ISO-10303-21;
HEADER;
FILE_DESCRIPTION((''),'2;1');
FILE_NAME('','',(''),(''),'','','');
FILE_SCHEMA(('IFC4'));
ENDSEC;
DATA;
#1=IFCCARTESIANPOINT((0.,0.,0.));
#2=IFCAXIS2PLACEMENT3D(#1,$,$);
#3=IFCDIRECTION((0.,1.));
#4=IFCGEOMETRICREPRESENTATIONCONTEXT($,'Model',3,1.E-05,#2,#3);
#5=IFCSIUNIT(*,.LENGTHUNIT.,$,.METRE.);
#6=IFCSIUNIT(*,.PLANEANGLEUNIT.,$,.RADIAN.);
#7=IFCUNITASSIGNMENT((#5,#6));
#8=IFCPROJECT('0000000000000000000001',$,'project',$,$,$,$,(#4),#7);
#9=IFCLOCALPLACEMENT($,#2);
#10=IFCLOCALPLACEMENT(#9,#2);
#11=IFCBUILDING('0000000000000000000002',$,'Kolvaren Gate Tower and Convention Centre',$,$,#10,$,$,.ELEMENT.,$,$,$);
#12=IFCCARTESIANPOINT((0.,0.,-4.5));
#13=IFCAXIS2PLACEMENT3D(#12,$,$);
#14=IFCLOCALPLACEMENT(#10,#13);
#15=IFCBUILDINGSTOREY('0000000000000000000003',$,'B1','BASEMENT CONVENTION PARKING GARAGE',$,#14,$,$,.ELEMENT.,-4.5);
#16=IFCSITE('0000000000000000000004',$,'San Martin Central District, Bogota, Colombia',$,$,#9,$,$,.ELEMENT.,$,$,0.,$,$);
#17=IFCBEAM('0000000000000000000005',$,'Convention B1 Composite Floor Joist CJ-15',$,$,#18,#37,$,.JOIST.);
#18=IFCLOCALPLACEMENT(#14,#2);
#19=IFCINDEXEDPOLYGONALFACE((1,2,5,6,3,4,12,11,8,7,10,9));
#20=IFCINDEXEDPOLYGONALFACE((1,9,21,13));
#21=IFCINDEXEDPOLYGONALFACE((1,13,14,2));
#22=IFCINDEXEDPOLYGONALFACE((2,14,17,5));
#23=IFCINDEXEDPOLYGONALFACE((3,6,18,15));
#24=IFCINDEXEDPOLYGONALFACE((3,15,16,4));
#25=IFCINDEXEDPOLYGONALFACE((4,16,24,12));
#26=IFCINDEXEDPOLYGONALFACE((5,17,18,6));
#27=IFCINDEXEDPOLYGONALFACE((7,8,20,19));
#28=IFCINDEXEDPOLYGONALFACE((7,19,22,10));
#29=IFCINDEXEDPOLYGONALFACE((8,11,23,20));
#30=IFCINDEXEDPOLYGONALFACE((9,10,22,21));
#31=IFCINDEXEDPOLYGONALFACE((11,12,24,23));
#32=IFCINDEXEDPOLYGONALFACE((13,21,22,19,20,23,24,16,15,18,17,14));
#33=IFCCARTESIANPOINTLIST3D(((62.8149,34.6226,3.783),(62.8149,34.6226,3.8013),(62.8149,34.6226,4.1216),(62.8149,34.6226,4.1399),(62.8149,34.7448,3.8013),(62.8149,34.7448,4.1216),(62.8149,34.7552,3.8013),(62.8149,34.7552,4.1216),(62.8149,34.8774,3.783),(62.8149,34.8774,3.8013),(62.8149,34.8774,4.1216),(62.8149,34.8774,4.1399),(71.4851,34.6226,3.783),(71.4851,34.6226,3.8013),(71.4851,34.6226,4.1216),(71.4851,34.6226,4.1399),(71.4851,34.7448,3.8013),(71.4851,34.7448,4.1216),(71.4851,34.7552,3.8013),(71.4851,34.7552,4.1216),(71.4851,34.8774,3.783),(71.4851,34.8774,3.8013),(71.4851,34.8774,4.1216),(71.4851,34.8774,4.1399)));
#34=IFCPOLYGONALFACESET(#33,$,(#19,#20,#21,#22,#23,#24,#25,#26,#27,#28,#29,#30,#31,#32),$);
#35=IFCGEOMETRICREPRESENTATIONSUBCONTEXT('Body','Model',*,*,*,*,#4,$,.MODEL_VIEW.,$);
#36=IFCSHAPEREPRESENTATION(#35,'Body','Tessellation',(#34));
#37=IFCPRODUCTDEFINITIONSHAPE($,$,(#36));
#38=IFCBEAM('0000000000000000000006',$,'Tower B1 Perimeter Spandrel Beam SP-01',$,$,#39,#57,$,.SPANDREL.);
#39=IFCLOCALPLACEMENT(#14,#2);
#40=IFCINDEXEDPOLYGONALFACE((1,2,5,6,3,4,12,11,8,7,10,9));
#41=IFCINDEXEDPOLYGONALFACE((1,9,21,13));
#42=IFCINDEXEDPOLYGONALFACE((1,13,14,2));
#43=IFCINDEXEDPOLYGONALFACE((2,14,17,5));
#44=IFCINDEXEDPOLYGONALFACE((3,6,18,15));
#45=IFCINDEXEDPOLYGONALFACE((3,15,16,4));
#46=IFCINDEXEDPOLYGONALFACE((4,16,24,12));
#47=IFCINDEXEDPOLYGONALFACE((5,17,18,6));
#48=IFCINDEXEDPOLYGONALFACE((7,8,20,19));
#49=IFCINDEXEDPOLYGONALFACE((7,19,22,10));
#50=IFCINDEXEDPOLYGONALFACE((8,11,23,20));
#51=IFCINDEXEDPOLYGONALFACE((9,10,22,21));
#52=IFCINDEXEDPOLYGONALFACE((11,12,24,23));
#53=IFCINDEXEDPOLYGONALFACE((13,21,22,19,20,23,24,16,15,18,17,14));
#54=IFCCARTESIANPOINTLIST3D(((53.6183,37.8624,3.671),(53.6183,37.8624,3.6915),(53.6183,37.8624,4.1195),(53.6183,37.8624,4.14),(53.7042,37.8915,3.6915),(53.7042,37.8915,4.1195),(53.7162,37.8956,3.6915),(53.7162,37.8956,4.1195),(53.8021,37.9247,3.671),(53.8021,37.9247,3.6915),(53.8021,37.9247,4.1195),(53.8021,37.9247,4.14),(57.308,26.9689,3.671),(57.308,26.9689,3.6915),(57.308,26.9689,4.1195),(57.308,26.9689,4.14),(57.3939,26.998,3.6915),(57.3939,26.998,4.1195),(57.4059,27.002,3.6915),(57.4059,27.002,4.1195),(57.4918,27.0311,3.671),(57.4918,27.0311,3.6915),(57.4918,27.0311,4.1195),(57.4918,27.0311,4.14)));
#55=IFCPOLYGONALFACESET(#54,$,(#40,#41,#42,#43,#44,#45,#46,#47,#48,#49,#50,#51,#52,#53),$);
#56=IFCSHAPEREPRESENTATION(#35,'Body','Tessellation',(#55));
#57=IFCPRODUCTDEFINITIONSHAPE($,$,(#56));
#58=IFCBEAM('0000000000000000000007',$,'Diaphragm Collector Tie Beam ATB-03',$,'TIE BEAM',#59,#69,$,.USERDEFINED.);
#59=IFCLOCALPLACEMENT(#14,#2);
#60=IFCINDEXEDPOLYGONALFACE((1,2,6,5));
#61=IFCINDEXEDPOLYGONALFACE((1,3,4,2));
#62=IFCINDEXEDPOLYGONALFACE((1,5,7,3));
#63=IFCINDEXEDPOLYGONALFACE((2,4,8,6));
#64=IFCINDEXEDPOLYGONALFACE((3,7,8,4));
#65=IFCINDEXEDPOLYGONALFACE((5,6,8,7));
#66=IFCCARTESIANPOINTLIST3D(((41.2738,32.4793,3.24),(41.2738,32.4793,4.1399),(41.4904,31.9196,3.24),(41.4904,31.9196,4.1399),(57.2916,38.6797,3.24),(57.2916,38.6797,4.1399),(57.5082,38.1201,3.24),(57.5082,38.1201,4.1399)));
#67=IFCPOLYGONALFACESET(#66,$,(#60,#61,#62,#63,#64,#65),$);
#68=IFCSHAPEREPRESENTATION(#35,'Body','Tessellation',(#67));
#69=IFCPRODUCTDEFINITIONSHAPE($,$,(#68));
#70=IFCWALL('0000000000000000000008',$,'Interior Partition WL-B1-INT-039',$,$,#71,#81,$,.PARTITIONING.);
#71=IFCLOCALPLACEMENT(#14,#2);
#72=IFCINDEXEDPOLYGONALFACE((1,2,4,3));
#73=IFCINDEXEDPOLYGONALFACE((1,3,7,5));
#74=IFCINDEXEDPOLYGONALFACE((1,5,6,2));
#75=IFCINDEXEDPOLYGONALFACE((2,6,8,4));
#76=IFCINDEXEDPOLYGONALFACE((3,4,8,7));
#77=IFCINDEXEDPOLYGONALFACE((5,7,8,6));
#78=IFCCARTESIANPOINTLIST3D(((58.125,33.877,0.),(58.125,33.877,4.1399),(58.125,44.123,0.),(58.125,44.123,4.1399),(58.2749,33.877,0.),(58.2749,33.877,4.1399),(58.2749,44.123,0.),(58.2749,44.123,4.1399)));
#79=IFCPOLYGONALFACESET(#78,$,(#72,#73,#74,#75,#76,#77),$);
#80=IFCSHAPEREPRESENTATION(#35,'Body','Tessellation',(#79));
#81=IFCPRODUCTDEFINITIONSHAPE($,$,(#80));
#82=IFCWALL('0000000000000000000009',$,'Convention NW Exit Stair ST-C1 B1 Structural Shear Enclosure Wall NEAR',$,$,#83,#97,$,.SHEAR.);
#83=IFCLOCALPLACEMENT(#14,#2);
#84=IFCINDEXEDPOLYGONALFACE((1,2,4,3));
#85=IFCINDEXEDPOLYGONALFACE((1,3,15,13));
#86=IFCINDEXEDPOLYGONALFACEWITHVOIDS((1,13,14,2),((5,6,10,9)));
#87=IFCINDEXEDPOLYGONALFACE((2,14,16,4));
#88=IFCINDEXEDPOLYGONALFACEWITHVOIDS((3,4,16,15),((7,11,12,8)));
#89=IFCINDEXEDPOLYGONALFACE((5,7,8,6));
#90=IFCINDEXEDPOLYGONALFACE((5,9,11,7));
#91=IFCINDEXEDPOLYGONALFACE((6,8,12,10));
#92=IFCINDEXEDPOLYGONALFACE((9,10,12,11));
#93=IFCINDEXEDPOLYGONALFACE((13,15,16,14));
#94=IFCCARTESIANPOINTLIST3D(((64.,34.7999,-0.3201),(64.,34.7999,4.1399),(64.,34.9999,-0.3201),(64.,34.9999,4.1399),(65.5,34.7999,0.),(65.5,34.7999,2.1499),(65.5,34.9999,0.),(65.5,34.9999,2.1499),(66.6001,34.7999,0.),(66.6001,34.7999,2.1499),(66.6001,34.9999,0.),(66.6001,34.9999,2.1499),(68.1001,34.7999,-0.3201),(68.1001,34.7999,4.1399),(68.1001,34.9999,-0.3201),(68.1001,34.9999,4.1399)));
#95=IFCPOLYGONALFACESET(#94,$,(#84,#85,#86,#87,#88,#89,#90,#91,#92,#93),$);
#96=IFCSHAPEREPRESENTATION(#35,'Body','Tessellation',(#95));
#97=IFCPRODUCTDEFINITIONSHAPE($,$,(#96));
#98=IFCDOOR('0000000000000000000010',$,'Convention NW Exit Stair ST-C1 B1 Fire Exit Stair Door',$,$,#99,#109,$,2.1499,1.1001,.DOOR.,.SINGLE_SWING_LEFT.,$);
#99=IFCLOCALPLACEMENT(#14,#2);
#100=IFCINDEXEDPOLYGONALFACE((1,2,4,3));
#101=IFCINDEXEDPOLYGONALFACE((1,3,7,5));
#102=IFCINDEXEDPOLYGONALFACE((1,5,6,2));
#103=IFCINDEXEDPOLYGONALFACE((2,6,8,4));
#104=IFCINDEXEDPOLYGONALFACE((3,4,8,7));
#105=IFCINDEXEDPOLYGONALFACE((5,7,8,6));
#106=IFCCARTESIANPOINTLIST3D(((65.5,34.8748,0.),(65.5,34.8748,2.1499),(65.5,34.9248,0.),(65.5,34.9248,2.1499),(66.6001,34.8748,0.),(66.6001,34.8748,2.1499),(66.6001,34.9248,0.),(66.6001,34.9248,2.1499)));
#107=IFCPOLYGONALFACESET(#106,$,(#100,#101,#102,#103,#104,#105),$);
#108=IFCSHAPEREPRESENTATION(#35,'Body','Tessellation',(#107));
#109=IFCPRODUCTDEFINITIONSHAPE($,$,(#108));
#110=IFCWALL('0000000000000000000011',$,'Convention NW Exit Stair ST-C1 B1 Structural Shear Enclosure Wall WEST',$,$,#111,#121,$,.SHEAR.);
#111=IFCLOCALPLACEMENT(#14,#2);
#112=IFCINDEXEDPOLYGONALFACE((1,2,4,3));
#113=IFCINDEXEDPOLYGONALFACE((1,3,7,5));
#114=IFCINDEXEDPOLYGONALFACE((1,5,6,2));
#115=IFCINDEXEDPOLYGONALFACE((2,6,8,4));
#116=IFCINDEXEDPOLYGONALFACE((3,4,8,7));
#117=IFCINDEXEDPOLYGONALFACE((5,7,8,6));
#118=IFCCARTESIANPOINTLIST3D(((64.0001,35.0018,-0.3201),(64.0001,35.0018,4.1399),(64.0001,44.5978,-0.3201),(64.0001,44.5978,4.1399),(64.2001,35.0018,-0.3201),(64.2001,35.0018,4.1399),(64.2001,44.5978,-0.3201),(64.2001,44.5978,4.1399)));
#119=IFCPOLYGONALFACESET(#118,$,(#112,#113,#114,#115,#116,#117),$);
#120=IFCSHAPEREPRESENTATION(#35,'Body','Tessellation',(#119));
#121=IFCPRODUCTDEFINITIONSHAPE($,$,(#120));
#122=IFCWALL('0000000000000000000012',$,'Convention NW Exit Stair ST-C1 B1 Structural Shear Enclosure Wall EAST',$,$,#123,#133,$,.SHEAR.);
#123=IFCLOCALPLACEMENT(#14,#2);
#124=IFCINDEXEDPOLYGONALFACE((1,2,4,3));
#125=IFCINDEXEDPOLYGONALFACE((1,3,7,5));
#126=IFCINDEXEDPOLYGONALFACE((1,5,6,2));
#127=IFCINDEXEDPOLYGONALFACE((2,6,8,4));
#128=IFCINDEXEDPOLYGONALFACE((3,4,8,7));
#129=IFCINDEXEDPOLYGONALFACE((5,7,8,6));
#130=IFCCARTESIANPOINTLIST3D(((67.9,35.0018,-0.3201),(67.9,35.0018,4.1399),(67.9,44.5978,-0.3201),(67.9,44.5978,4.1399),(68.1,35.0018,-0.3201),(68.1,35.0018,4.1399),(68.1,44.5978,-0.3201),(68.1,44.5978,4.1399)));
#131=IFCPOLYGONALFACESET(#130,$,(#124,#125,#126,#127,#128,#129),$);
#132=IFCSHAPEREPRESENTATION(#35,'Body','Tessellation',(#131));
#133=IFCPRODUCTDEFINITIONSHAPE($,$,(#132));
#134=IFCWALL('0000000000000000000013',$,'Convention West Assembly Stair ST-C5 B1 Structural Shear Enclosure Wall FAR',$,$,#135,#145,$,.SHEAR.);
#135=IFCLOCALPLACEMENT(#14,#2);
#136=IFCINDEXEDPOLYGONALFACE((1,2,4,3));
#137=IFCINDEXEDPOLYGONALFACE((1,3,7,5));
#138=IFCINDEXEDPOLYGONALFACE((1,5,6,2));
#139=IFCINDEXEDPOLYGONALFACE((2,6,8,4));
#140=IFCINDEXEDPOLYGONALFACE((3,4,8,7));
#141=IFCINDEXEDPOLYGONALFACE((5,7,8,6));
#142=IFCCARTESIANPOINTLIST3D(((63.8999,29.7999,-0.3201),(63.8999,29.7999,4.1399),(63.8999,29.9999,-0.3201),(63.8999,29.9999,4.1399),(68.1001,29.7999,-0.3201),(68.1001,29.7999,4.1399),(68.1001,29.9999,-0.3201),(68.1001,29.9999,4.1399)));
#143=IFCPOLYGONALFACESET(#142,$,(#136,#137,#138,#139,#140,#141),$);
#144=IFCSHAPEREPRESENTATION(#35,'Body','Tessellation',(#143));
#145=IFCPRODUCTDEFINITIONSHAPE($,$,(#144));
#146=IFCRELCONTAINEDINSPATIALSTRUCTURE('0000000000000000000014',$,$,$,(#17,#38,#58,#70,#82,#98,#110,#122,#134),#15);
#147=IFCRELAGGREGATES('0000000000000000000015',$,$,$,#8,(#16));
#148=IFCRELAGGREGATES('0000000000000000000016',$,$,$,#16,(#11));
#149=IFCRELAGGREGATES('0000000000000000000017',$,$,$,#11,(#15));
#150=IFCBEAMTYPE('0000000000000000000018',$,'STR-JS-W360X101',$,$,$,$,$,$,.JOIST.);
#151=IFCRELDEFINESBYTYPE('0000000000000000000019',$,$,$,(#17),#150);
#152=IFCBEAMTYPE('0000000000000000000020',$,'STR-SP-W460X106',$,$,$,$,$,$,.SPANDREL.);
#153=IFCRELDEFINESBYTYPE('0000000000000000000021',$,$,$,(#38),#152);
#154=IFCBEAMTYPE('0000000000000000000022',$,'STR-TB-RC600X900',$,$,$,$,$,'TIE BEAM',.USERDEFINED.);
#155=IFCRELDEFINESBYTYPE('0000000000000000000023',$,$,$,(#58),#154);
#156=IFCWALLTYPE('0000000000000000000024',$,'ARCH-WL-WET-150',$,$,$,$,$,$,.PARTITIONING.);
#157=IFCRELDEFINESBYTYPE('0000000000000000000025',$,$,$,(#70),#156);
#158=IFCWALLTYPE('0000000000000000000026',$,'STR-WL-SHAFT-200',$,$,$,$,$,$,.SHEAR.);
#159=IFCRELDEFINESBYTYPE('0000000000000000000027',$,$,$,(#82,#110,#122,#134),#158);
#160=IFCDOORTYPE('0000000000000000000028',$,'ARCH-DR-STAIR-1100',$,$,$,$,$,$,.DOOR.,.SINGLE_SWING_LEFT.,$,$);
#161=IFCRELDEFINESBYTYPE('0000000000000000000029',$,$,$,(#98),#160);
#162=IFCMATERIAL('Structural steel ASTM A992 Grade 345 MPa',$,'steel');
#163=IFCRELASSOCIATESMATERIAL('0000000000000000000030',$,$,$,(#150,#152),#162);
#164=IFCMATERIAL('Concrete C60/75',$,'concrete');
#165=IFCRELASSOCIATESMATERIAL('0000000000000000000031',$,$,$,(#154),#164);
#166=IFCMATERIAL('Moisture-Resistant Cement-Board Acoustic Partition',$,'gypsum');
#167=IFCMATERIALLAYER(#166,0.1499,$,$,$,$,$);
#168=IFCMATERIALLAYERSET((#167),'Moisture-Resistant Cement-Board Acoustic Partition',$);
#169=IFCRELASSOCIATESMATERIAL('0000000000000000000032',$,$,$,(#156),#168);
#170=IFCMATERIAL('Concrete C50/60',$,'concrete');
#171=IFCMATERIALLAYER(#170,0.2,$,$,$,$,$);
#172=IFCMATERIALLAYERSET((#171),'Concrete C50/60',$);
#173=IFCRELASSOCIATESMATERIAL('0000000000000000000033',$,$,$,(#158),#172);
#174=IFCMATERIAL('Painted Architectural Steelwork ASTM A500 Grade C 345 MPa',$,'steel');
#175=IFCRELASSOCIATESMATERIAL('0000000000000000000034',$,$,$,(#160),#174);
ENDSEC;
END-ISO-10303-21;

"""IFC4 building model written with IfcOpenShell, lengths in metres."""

from ifc_helpers import new_model, si_unit, direction, frame, frame_2d, origin, origin_2d, place, context, subcontext, project, spatial, rectangle, i_section, extrude, material, layer, layer_set, material_profile, profile_set, type_object, element, fill, save


model = new_model("IFC4")

# Units and contexts
model_context = context("Model", 3, precision=1e-05, world=origin(), true_north=direction((0.0, 1.0)))
body_context = subcontext(model_context, "Body", "Model", "MODEL_VIEW")
ifc_project = project(units=[si_unit("LENGTHUNIT", "METRE"), si_unit("PLANEANGLEUNIT", "RADIAN")], contexts=[model_context])

# Site, building, storey
site_placement = place(None, origin())
site = spatial("IfcSite", under=ifc_project, at=site_placement, Name="San Martin Central District, Bogota, Colombia", CompositionType="ELEMENT", RefElevation=0.0)
building_placement = place(site_placement, origin())
building = spatial("IfcBuilding", under=site, at=building_placement, Name="Kolvaren Gate Tower and Convention Centre", CompositionType="ELEMENT")
storey_placement = place(building_placement, frame((0.0, 0.0, -4.5)))
storey = spatial("IfcBuildingStorey", under=building, at=storey_placement, Name="B1", Description="BASEMENT CONVENTION PARKING GARAGE", CompositionType="ELEMENT", Elevation=-4.5)

# Shared definitions
ifc_material_1 = material(Name="Concrete C60/75", Category="concrete")
ifc_material_2 = material(Name="Concrete C50/60", Category="concrete")

# Beams
ifc_material_3 = material(Name="Structural steel ASTM A992 Grade 345 MPa", Category="steel")
ifc_material_profile_1 = material_profile(ifc_material_3, i_section(OverallWidth=0.2549, OverallDepth=0.3569, WebThickness=0.0105, FlangeThickness=0.0183, at=origin_2d()), Name="W360X101")
ifc_profile_set_1 = profile_set([ifc_material_profile_1], Name="Structural steel ASTM A992 Grade 345 MPa")
beam_type_1 = type_object("IfcBeamType", Name="STR-JS-W360X101", PredefinedType="JOIST", material=ifc_profile_set_1)
beam_1_placement = place(storey_placement, frame((62.8149, 34.75, 3.9614), z_axis=(1.0, 0.0, 0.0), x_axis=(0.0, 1.0, 0.0)))
element("IfcBeam", 1, at=beam_1_placement, inside=storey, type_object=beam_type_1, Name="Convention B1 Composite Floor Joist CJ-15", PredefinedType="JOIST", context=body_context, shape_type="SweptSolid", body=[
    extrude(i_section(OverallWidth=0.2549, OverallDepth=0.3569, WebThickness=0.0105, FlangeThickness=0.0183, at=origin_2d()), origin(), (0.0, 0.0, 1.0), 8.6702),
])
ifc_material_profile_2 = material_profile(ifc_material_3, i_section(OverallWidth=0.1941, OverallDepth=0.469, WebThickness=0.0127, FlangeThickness=0.0205, at=origin_2d()), Name="W460X106")
ifc_profile_set_2 = profile_set([ifc_material_profile_2], Name="Structural steel ASTM A992 Grade 345 MPa")
beam_type_2 = type_object("IfcBeamType", Name="STR-SP-W460X106", PredefinedType="SPANDREL", material=ifc_profile_set_2)
beam_2_placement = place(storey_placement, frame((57.3999, 27.0, 3.9055), z_axis=(-0.320803, 0.947146, 0.0), x_axis=(-0.947146, -0.320803, 0.0)))
element("IfcBeam", 2, at=beam_2_placement, inside=storey, type_object=beam_type_2, Name="Tower B1 Perimeter Spandrel Beam SP-01", PredefinedType="SPANDREL", context=body_context, shape_type="SweptSolid", body=[
    extrude(i_section(OverallWidth=0.1941, OverallDepth=0.469, WebThickness=0.0127, FlangeThickness=0.0205, at=origin_2d()), origin(), (0.0, 0.0, 1.0), 11.5015),
])
ifc_material_profile_3 = material_profile(ifc_material_1, rectangle(XDim=0.6001, YDim=0.8999, at=origin_2d()), Name="RC-BM-600X900")
ifc_profile_set_3 = profile_set([ifc_material_profile_3], Name="Concrete C60/75")
beam_type_3 = type_object("IfcBeamType", Name="STR-TB-RC600X900", ElementType="TIE BEAM", PredefinedType="USERDEFINED", material=ifc_profile_set_3)
beam_3_placement = place(storey_placement, frame((57.3999, 38.3999, 3.6899), z_axis=(-0.932568, -0.360994, 0.0), x_axis=(0.360994, -0.932568, 0.0)))
element("IfcBeam", 3, at=beam_3_placement, inside=storey, type_object=beam_type_3, Name="Diaphragm Collector Tie Beam ATB-03", ObjectType="TIE BEAM", PredefinedType="USERDEFINED", context=body_context, shape_type="SweptSolid", body=[
    extrude(rectangle(XDim=0.6001, YDim=0.8999, at=origin_2d()), origin(), (0.0, 0.0, 1.0), 17.176),
])

# Wall
ifc_material_4 = material(Name="Moisture-Resistant Cement-Board Acoustic Partition", Category="gypsum")
ifc_layer_1 = layer(ifc_material_4, 0.1499)
ifc_layer_set_1 = layer_set([ifc_layer_1], Name="Moisture-Resistant Cement-Board Acoustic Partition")
wall_type_1 = type_object("IfcWallType", Name="ARCH-WL-WET-150", PredefinedType="PARTITIONING", material=ifc_layer_set_1)
wall_1_placement = place(storey_placement, frame((58.2, 33.877, 0.0), z_axis=(0.0, 0.0, 1.0), x_axis=(0.0, 1.0, 0.0)))
element("IfcWall", 4, at=wall_1_placement, inside=storey, type_object=wall_type_1, Name="Interior Partition WL-B1-INT-039", PredefinedType="PARTITIONING", context=body_context, shape_type="SweptSolid", body=[
    extrude(rectangle(XDim=10.2461, YDim=0.1499, at=frame_2d((5.123, 0.0))), origin(), (0.0, 0.0, 1.0), 4.1399),
])

# Wall, opening, door
ifc_layer_2 = layer(ifc_material_2, 0.2)
ifc_layer_set_2 = layer_set([ifc_layer_2], Name="Concrete C50/60")
wall_type_2 = type_object("IfcWallType", Name="STR-WL-SHAFT-200", PredefinedType="SHEAR", material=ifc_layer_set_2)
wall_2_placement = place(storey_placement, frame((64.0, 34.8999, -0.3201), z_axis=(0.0, 0.0, 1.0), x_axis=(1.0, 0.0, 0.0)))
wall_2 = element("IfcWall", 5, at=wall_2_placement, inside=storey, type_object=wall_type_2, Name="Convention NW Exit Stair ST-C1 B1 Structural Shear Enclosure Wall NEAR", PredefinedType="SHEAR", context=body_context, shape_type="SweptSolid", body=[
    extrude(rectangle(XDim=4.1001, YDim=0.2, at=frame_2d((2.05, 0.0))), origin(), (0.0, 0.0, 1.0), 4.46),
])
opening_placement = place(wall_2_placement, frame((1.5, 0.0, 0.3201)))
opening = element("IfcOpeningElement", 6, at=opening_placement, cuts=wall_2, PredefinedType="OPENING", context=body_context, shape_type="SweptSolid", body=[
    extrude(rectangle(XDim=1.1001, YDim=2.1499, at=frame_2d((0.55, 1.075))), frame((0.0, 0.1099, 0.0), z_axis=(0.0, -1.0, 0.0), x_axis=(1.0, 0.0, 0.0)), (0.0, 0.0, 1.0), 0.22),
])
ifc_material_5 = material(Name="Painted Architectural Steelwork ASTM A500 Grade C 345 MPa", Category="steel")
door_type = type_object("IfcDoorType", Name="ARCH-DR-STAIR-1100", OperationType="SINGLE_SWING_LEFT", PredefinedType="DOOR", material=ifc_material_5)
door_placement = place(opening_placement, origin())
door = element("IfcDoor", 7, at=door_placement, inside=storey, type_object=door_type, Name="Convention NW Exit Stair ST-C1 B1 Fire Exit Stair Door", OperationType="SINGLE_SWING_LEFT", OverallHeight=2.1499, OverallWidth=1.1001, PredefinedType="DOOR", context=body_context, shape_type="SweptSolid", body=[
    extrude(rectangle(XDim=1.1001, YDim=2.1499, at=frame_2d((0.55, 1.075))), frame((0.0, 0.0249, 0.0), z_axis=(0.0, -1.0, 0.0), x_axis=(1.0, 0.0, 0.0)), (0.0, 0.0, 1.0), 0.05),
])
fill(opening, door)

# Walls
for number, where, z_axis, x_axis, name in (
    (8, (64.1001, 35.002, -0.3201), (0.0, 0.0, 1.0), (0.0, 1.0, 0.0), "Convention NW Exit Stair ST-C1 B1 Structural Shear Enclosure Wall WEST"),
    (9, (68.0, 35.002, -0.3201), (0.0, 0.0, 1.0), (0.0, 1.0, 0.0), "Convention NW Exit Stair ST-C1 B1 Structural Shear Enclosure Wall EAST"),
):
    element("IfcWall", number, at=place(storey_placement, frame(where, z_axis=z_axis, x_axis=x_axis)), inside=storey, type_object=wall_type_2, Name=name, PredefinedType="SHEAR", context=body_context, shape_type="SweptSolid", body=[
        extrude(rectangle(XDim=9.5959, YDim=0.2, at=frame_2d((4.7979, 0.0))), origin(), (0.0, 0.0, 1.0), 4.46),
    ])
wall_3_placement = place(storey_placement, frame((63.8999, 29.8999, -0.3201), z_axis=(0.0, 0.0, 1.0), x_axis=(1.0, 0.0, 0.0)))
element("IfcWall", 10, at=wall_3_placement, inside=storey, type_object=wall_type_2, Name="Convention West Assembly Stair ST-C5 B1 Structural Shear Enclosure Wall FAR", PredefinedType="SHEAR", context=body_context, shape_type="SweptSolid", body=[
    extrude(rectangle(XDim=4.2002, YDim=0.2, at=frame_2d((2.1001, 0.0))), origin(), (0.0, 0.0, 1.0), 4.46),
])

save(model, "model.ifc")
